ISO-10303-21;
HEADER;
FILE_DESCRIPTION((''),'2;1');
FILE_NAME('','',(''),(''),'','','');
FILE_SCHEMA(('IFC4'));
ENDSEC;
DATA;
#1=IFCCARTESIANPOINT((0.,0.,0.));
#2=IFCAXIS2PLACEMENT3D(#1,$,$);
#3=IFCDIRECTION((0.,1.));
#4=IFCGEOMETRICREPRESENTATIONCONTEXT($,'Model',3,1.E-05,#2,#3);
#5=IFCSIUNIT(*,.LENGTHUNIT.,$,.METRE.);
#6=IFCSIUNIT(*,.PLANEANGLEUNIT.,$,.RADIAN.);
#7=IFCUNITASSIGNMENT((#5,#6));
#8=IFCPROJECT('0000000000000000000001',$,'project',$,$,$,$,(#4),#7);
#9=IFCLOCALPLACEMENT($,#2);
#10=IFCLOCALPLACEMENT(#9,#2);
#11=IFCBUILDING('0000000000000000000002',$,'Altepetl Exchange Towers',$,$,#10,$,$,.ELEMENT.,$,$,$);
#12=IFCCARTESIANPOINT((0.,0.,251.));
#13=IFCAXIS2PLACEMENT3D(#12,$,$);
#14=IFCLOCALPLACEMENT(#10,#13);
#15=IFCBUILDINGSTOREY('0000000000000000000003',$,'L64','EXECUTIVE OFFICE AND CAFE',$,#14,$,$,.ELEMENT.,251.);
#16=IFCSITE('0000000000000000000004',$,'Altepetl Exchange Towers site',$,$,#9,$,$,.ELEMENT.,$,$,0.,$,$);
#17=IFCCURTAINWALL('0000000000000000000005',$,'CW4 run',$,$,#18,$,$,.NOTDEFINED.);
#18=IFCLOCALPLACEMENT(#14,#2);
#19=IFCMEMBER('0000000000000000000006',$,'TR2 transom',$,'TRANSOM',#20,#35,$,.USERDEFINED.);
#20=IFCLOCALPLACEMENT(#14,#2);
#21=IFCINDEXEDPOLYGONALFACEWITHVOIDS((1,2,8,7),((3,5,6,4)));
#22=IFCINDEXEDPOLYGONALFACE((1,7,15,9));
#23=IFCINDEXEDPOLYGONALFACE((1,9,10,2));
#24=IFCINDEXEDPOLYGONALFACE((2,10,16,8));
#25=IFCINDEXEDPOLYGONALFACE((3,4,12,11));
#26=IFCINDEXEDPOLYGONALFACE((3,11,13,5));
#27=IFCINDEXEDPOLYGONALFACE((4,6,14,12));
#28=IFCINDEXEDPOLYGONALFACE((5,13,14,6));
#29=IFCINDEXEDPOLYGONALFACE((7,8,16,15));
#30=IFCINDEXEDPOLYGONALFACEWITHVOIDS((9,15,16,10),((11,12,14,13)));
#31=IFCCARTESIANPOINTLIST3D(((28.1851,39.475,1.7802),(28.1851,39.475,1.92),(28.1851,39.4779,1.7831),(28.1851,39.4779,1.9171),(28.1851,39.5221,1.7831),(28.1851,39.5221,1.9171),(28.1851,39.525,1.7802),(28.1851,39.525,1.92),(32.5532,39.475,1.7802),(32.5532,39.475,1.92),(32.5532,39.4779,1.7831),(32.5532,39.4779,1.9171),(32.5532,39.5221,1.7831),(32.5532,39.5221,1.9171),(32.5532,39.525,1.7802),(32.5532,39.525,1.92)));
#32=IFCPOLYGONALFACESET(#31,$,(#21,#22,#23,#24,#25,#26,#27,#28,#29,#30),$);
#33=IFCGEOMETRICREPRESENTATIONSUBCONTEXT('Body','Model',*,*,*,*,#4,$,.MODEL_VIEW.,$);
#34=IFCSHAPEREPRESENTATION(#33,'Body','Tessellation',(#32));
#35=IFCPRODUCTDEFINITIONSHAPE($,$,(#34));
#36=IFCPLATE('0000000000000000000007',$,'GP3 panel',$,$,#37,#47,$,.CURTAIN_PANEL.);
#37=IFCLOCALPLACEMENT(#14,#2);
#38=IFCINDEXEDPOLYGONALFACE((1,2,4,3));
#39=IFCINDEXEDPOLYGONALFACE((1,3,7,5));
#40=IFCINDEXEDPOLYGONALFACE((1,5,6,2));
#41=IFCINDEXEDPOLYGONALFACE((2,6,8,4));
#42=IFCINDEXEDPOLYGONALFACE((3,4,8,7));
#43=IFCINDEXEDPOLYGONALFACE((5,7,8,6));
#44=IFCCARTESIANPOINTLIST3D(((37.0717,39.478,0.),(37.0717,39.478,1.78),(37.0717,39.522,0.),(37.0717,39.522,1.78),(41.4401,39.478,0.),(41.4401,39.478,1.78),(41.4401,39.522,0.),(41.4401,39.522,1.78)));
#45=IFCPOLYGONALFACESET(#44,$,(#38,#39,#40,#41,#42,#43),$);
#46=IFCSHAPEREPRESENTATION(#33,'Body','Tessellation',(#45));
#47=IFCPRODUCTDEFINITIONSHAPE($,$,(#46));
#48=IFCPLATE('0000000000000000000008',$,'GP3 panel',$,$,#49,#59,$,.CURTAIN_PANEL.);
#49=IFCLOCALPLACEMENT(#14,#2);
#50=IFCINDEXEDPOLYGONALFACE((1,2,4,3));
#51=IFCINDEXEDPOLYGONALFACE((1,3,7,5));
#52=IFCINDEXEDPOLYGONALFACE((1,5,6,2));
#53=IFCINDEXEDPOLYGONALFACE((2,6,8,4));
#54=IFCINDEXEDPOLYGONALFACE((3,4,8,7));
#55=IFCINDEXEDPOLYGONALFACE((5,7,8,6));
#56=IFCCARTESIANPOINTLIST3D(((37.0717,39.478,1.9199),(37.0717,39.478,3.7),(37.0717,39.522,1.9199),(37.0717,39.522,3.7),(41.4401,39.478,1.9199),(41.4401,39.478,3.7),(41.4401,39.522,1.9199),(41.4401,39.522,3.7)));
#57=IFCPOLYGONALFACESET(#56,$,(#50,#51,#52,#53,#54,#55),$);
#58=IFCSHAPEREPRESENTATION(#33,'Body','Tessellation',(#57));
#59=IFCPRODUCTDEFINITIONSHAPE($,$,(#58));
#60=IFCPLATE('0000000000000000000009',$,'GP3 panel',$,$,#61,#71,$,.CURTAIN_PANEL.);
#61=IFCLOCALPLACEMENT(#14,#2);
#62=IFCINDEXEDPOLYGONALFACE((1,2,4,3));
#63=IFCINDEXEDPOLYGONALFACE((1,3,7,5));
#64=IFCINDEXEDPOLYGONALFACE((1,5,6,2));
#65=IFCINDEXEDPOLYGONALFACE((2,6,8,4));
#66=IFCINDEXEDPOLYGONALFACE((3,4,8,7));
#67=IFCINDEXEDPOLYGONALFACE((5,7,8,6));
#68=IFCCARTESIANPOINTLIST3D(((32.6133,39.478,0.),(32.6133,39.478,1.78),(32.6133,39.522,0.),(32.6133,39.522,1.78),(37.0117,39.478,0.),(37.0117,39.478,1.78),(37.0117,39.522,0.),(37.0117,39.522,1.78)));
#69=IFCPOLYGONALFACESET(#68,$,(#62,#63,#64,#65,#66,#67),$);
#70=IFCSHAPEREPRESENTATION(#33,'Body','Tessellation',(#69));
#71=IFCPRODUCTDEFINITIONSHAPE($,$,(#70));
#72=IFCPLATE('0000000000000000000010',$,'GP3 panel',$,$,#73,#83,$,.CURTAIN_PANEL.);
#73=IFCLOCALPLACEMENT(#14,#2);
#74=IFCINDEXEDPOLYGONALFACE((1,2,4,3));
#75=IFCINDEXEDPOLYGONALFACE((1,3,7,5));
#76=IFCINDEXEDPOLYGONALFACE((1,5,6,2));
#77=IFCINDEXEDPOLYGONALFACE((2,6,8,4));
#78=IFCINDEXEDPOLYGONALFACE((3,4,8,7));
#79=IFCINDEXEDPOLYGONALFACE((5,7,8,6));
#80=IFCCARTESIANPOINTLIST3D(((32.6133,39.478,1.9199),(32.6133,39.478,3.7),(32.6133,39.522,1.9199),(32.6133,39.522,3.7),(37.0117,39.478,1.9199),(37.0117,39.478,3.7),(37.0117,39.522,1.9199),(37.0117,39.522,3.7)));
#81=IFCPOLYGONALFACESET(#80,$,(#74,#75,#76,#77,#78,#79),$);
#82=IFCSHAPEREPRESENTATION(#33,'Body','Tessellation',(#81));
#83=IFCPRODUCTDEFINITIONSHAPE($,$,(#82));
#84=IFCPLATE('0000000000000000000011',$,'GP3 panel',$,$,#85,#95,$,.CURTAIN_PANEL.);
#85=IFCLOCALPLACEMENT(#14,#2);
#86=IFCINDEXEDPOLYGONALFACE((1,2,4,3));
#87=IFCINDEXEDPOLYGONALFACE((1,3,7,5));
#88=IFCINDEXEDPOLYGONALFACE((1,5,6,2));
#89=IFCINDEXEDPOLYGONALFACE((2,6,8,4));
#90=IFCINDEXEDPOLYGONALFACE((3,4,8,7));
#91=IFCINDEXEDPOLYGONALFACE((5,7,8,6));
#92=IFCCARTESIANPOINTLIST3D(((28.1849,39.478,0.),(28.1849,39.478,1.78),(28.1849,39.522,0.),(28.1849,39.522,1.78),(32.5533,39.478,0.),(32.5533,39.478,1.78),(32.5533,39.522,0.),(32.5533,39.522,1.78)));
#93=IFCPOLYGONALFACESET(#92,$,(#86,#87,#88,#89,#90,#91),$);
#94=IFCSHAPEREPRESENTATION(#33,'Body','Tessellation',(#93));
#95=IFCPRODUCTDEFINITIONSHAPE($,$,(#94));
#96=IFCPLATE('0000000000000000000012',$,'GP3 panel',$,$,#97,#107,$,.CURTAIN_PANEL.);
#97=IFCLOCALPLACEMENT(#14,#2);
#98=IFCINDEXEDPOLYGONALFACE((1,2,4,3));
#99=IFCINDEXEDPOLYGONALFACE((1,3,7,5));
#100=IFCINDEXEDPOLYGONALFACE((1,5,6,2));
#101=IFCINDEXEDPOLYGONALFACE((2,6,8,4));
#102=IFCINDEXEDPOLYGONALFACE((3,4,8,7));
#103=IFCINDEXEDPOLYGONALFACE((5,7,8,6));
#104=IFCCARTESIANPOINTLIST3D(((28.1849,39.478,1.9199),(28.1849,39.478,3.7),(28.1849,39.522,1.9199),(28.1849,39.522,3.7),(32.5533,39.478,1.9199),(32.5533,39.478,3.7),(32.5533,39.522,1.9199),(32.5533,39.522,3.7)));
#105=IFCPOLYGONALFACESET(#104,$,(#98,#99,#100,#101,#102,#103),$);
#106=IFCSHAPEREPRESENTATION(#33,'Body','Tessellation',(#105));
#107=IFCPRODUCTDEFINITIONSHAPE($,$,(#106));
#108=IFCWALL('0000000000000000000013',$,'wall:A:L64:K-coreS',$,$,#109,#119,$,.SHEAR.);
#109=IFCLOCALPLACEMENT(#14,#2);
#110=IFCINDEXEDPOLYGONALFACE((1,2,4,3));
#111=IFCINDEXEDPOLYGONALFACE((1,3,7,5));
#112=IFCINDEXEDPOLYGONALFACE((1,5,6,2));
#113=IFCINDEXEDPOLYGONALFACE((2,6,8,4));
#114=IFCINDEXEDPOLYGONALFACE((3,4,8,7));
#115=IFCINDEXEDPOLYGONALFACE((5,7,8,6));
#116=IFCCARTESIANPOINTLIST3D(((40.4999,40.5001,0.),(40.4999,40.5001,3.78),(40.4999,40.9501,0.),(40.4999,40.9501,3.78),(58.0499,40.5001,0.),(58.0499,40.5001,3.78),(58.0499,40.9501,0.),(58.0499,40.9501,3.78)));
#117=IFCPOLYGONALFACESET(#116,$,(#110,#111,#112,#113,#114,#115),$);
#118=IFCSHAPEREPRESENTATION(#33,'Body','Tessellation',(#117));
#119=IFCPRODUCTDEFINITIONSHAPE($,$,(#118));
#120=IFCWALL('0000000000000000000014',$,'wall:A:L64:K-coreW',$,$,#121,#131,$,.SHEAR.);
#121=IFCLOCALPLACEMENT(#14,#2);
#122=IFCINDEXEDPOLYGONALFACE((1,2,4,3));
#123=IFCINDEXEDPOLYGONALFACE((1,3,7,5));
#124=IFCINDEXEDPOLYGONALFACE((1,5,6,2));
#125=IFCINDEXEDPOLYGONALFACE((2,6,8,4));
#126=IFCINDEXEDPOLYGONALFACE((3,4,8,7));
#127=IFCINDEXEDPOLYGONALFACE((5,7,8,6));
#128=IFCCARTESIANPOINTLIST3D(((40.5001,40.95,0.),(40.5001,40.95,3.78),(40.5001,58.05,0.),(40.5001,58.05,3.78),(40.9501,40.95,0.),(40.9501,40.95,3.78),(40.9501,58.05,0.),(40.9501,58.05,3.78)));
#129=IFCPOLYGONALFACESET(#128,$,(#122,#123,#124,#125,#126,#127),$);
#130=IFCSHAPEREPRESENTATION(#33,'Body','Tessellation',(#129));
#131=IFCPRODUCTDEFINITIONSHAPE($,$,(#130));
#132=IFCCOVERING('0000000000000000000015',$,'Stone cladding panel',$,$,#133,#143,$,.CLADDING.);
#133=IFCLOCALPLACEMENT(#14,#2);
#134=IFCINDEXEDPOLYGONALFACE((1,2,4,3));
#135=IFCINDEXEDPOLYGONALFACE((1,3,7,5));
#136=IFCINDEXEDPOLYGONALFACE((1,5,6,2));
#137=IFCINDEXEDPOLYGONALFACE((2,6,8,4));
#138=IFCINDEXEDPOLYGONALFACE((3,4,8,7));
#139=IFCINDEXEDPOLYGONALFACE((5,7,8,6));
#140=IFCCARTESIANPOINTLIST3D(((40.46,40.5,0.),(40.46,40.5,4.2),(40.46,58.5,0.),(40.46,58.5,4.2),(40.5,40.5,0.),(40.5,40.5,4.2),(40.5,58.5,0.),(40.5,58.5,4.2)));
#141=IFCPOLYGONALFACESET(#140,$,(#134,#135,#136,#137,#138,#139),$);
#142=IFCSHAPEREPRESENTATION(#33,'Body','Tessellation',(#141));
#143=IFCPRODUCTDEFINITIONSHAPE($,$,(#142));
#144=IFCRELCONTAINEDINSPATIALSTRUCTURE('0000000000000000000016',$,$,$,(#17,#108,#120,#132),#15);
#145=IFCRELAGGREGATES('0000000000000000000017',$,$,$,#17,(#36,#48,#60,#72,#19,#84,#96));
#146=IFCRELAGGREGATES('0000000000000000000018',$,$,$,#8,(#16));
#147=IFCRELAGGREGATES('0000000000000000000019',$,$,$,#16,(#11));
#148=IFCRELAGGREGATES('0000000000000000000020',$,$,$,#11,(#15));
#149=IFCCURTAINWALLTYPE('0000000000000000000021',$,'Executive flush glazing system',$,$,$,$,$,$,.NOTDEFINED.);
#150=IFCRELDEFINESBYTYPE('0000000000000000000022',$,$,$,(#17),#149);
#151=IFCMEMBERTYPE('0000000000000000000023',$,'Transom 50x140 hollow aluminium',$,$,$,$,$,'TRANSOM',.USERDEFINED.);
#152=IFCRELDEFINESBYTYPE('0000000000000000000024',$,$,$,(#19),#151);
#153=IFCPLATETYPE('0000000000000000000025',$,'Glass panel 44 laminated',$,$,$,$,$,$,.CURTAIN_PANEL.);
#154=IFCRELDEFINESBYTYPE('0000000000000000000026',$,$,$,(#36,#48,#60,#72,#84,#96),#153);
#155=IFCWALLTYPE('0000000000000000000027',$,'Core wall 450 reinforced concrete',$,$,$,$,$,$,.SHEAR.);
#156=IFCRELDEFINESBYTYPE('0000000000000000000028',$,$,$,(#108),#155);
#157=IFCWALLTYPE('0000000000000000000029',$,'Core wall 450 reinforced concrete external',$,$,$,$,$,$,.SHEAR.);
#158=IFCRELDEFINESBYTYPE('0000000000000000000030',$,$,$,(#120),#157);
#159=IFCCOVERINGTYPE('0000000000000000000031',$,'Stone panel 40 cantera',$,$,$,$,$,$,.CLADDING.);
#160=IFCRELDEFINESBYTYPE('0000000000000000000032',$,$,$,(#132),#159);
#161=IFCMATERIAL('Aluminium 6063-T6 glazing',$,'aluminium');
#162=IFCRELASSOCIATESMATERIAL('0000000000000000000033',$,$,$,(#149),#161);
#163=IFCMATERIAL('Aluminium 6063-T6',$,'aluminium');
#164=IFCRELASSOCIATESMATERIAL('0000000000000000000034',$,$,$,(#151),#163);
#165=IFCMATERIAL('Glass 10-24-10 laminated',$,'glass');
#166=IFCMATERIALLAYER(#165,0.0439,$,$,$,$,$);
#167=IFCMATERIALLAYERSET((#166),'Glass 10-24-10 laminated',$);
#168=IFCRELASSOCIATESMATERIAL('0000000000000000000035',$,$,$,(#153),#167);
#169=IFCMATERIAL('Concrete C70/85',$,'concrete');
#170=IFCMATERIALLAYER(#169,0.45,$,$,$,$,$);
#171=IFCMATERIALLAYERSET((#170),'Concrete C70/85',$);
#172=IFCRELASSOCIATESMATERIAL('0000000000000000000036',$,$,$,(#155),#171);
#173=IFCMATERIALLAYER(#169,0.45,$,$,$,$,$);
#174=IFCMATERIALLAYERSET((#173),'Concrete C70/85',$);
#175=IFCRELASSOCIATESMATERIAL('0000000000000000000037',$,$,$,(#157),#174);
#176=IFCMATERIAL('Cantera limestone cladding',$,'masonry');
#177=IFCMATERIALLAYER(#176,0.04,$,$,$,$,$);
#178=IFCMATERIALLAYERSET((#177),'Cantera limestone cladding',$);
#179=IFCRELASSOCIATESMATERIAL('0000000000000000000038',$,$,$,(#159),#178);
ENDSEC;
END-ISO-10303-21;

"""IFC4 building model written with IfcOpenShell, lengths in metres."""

from ifc_helpers import new_model, si_unit, direction, frame, frame_2d, origin, origin_2d, place, context, subcontext, project, spatial, rectangle, hollow_rectangle, extrude, material, layer, layer_set, material_profile, profile_set, type_object, element, aggregate, save


model = new_model("IFC4")

# Units and contexts
model_context = context("Model", 3, precision=1e-05, world=origin(), true_north=direction((0.0, 1.0)))
body_context = subcontext(model_context, "Body", "Model", "MODEL_VIEW")
ifc_project = project(units=[si_unit("LENGTHUNIT", "METRE"), si_unit("PLANEANGLEUNIT", "RADIAN")], contexts=[model_context])

# Site, building, storey
site_placement = place(None, origin())
site = spatial("IfcSite", under=ifc_project, at=site_placement, Name="Altepetl Exchange Towers site", CompositionType="ELEMENT", RefElevation=0.0)
building_placement = place(site_placement, origin())
building = spatial("IfcBuilding", under=site, at=building_placement, Name="Altepetl Exchange Towers", CompositionType="ELEMENT")
storey_placement = place(building_placement, frame((0.0, 0.0, 251.0)))
storey = spatial("IfcBuildingStorey", under=building, at=storey_placement, Name="L64", Description="EXECUTIVE OFFICE AND CAFE", CompositionType="ELEMENT", Elevation=251.0)

# Curtain wall
ifc_material_1 = material(Name="Aluminium 6063-T6 glazing", Category="aluminium")
curtain_wall_type = type_object("IfcCurtainWallType", Name="Executive flush glazing system", PredefinedType="NOTDEFINED", material=ifc_material_1)
curtain_wall_1_placement = place(storey_placement, origin())
curtain_wall_1 = element("IfcCurtainWall", 1, at=curtain_wall_1_placement, inside=storey, type_object=curtain_wall_type, Name="CW4 run", PredefinedType="NOTDEFINED")
ifc_material_2 = material(Name="Aluminium 6063-T6", Category="aluminium")

# Member
ifc_material_profile_1 = material_profile(ifc_material_2, hollow_rectangle(XDim=0.05, YDim=0.1399, WallThickness=0.0029, at=origin_2d()), Name="Transom 50x140 hollow aluminium")
ifc_profile_set_1 = profile_set([ifc_material_profile_1], Name="Aluminium 6063-T6")
member_type_1 = type_object("IfcMemberType", Name="Transom 50x140 hollow aluminium", ElementType="TRANSOM", PredefinedType="USERDEFINED", material=ifc_profile_set_1)
member_1_placement = place(storey_placement, frame((32.5532, 39.5, 1.8501), z_axis=(-1.0, 0.0, 0.0), x_axis=(0.0, -1.0, 0.0)))
member_1 = element("IfcMember", 2, at=member_1_placement, type_object=member_type_1, Name="TR2 transom", ObjectType="TRANSOM", PredefinedType="USERDEFINED", context=body_context, shape_type="SweptSolid", body=[
    extrude(hollow_rectangle(XDim=0.05, YDim=0.1399, WallThickness=0.0029, at=origin_2d()), origin(), (0.0, 0.0, 1.0), 4.3682),
])

# Plates
ifc_material_3 = material(Name="Glass 10-24-10 laminated", Category="glass")
ifc_layer_1 = layer(ifc_material_3, 0.0439)
ifc_layer_set_1 = layer_set([ifc_layer_1], Name="Glass 10-24-10 laminated")
plate_type = type_object("IfcPlateType", Name="Glass panel 44 laminated", PredefinedType="CURTAIN_PANEL", material=ifc_layer_set_1)
plate_1_placement = place(storey_placement, frame((39.2559, 39.5, 0.0), z_axis=(0.0, 0.0, 1.0), x_axis=(-1.0, 0.0, 0.0)))
plate_1 = element("IfcPlate", 3, at=plate_1_placement, type_object=plate_type, Name="GP3 panel", PredefinedType="CURTAIN_PANEL", context=body_context, shape_type="SweptSolid", body=[
    extrude(rectangle(XDim=4.3684, YDim=0.0439, at=origin_2d()), origin(), (0.0, 0.0, 1.0), 1.78),
])
plate_2_placement = place(storey_placement, frame((39.2559, 39.5, 1.9199), z_axis=(0.0, 0.0, 1.0), x_axis=(-1.0, 0.0, 0.0)))
plate_2 = element("IfcPlate", 4, at=plate_2_placement, type_object=plate_type, Name="GP3 panel", PredefinedType="CURTAIN_PANEL", context=body_context, shape_type="SweptSolid", body=[
    extrude(rectangle(XDim=4.3684, YDim=0.0439, at=origin_2d()), origin(), (0.0, 0.0, 1.0), 1.78),
])
plate_3_placement = place(storey_placement, frame((34.8125, 39.5, 0.0), z_axis=(0.0, 0.0, 1.0), x_axis=(-1.0, 0.0, 0.0)))
plate_3 = element("IfcPlate", 5, at=plate_3_placement, type_object=plate_type, Name="GP3 panel", PredefinedType="CURTAIN_PANEL", context=body_context, shape_type="SweptSolid", body=[
    extrude(rectangle(XDim=4.3984, YDim=0.0439, at=origin_2d()), origin(), (0.0, 0.0, 1.0), 1.78),
])
plate_4_placement = place(storey_placement, frame((34.8125, 39.5, 1.9199), z_axis=(0.0, 0.0, 1.0), x_axis=(-1.0, 0.0, 0.0)))
plate_4 = element("IfcPlate", 6, at=plate_4_placement, type_object=plate_type, Name="GP3 panel", PredefinedType="CURTAIN_PANEL", context=body_context, shape_type="SweptSolid", body=[
    extrude(rectangle(XDim=4.3984, YDim=0.0439, at=origin_2d()), origin(), (0.0, 0.0, 1.0), 1.78),
])
plate_5_placement = place(storey_placement, frame((30.3691, 39.5, 0.0), z_axis=(0.0, 0.0, 1.0), x_axis=(-1.0, 0.0, 0.0)))
plate_5 = element("IfcPlate", 7, at=plate_5_placement, type_object=plate_type, Name="GP3 panel", PredefinedType="CURTAIN_PANEL", context=body_context, shape_type="SweptSolid", body=[
    extrude(rectangle(XDim=4.3684, YDim=0.0439, at=origin_2d()), origin(), (0.0, 0.0, 1.0), 1.78),
])
plate_6_placement = place(storey_placement, frame((30.3691, 39.5, 1.9199), z_axis=(0.0, 0.0, 1.0), x_axis=(-1.0, 0.0, 0.0)))
plate_6 = element("IfcPlate", 8, at=plate_6_placement, type_object=plate_type, Name="GP3 panel", PredefinedType="CURTAIN_PANEL", context=body_context, shape_type="SweptSolid", body=[
    extrude(rectangle(XDim=4.3684, YDim=0.0439, at=origin_2d()), origin(), (0.0, 0.0, 1.0), 1.78),
])
aggregate(curtain_wall_1, [plate_1, plate_2, plate_3, plate_4, member_1, plate_5, plate_6])

# Walls
ifc_material_4 = material(Name="Concrete C70/85", Category="concrete")
ifc_layer_2 = layer(ifc_material_4, 0.45)
ifc_layer_set_2 = layer_set([ifc_layer_2], Name="Concrete C70/85")
wall_type_1 = type_object("IfcWallType", Name="Core wall 450 reinforced concrete", PredefinedType="SHEAR", material=ifc_layer_set_2)
wall_1_placement = place(storey_placement, frame((40.5, 40.7251, 0.0)))
element("IfcWall", 9, at=wall_1_placement, inside=storey, type_object=wall_type_1, Name="wall:A:L64:K-coreS", PredefinedType="SHEAR", context=body_context, shape_type="SweptSolid", body=[
    extrude(rectangle(XDim=17.55, YDim=0.45, at=frame_2d((8.7749, 0.0))), origin(), (0.0, 0.0, 1.0), 3.78),
])
ifc_layer_3 = layer(ifc_material_4, 0.45)
ifc_layer_set_3 = layer_set([ifc_layer_3], Name="Concrete C70/85")
wall_type_2 = type_object("IfcWallType", Name="Core wall 450 reinforced concrete external", PredefinedType="SHEAR", material=ifc_layer_set_3)
wall_2_placement = place(storey_placement, frame((40.7251, 40.95, 0.0), z_axis=(0.0, 0.0, 1.0), x_axis=(0.0, 1.0, 0.0)))
element("IfcWall", 10, at=wall_2_placement, inside=storey, type_object=wall_type_2, Name="wall:A:L64:K-coreW", PredefinedType="SHEAR", context=body_context, shape_type="SweptSolid", body=[
    extrude(rectangle(XDim=17.1001, YDim=0.45, at=frame_2d((8.55, 0.0))), origin(), (0.0, 0.0, 1.0), 3.78),
])

# Covering
ifc_material_5 = material(Name="Cantera limestone cladding", Category="masonry")
ifc_layer_4 = layer(ifc_material_5, 0.04)
ifc_layer_set_4 = layer_set([ifc_layer_4], Name="Cantera limestone cladding")
covering_type = type_object("IfcCoveringType", Name="Stone panel 40 cantera", PredefinedType="CLADDING", material=ifc_layer_set_4)
covering_placement = place(storey_placement, frame((40.48, 49.5, 0.0), z_axis=(0.0, 0.0, 1.0), x_axis=(0.0, -1.0, 0.0)))
element("IfcCovering", 11, at=covering_placement, inside=storey, type_object=covering_type, Name="Stone cladding panel", PredefinedType="CLADDING", context=body_context, shape_type="SweptSolid", body=[
    extrude(rectangle(XDim=18.0, YDim=0.04, at=origin_2d()), origin(), (0.0, 0.0, 1.0), 4.2),
])

save(model, "model.ifc")
